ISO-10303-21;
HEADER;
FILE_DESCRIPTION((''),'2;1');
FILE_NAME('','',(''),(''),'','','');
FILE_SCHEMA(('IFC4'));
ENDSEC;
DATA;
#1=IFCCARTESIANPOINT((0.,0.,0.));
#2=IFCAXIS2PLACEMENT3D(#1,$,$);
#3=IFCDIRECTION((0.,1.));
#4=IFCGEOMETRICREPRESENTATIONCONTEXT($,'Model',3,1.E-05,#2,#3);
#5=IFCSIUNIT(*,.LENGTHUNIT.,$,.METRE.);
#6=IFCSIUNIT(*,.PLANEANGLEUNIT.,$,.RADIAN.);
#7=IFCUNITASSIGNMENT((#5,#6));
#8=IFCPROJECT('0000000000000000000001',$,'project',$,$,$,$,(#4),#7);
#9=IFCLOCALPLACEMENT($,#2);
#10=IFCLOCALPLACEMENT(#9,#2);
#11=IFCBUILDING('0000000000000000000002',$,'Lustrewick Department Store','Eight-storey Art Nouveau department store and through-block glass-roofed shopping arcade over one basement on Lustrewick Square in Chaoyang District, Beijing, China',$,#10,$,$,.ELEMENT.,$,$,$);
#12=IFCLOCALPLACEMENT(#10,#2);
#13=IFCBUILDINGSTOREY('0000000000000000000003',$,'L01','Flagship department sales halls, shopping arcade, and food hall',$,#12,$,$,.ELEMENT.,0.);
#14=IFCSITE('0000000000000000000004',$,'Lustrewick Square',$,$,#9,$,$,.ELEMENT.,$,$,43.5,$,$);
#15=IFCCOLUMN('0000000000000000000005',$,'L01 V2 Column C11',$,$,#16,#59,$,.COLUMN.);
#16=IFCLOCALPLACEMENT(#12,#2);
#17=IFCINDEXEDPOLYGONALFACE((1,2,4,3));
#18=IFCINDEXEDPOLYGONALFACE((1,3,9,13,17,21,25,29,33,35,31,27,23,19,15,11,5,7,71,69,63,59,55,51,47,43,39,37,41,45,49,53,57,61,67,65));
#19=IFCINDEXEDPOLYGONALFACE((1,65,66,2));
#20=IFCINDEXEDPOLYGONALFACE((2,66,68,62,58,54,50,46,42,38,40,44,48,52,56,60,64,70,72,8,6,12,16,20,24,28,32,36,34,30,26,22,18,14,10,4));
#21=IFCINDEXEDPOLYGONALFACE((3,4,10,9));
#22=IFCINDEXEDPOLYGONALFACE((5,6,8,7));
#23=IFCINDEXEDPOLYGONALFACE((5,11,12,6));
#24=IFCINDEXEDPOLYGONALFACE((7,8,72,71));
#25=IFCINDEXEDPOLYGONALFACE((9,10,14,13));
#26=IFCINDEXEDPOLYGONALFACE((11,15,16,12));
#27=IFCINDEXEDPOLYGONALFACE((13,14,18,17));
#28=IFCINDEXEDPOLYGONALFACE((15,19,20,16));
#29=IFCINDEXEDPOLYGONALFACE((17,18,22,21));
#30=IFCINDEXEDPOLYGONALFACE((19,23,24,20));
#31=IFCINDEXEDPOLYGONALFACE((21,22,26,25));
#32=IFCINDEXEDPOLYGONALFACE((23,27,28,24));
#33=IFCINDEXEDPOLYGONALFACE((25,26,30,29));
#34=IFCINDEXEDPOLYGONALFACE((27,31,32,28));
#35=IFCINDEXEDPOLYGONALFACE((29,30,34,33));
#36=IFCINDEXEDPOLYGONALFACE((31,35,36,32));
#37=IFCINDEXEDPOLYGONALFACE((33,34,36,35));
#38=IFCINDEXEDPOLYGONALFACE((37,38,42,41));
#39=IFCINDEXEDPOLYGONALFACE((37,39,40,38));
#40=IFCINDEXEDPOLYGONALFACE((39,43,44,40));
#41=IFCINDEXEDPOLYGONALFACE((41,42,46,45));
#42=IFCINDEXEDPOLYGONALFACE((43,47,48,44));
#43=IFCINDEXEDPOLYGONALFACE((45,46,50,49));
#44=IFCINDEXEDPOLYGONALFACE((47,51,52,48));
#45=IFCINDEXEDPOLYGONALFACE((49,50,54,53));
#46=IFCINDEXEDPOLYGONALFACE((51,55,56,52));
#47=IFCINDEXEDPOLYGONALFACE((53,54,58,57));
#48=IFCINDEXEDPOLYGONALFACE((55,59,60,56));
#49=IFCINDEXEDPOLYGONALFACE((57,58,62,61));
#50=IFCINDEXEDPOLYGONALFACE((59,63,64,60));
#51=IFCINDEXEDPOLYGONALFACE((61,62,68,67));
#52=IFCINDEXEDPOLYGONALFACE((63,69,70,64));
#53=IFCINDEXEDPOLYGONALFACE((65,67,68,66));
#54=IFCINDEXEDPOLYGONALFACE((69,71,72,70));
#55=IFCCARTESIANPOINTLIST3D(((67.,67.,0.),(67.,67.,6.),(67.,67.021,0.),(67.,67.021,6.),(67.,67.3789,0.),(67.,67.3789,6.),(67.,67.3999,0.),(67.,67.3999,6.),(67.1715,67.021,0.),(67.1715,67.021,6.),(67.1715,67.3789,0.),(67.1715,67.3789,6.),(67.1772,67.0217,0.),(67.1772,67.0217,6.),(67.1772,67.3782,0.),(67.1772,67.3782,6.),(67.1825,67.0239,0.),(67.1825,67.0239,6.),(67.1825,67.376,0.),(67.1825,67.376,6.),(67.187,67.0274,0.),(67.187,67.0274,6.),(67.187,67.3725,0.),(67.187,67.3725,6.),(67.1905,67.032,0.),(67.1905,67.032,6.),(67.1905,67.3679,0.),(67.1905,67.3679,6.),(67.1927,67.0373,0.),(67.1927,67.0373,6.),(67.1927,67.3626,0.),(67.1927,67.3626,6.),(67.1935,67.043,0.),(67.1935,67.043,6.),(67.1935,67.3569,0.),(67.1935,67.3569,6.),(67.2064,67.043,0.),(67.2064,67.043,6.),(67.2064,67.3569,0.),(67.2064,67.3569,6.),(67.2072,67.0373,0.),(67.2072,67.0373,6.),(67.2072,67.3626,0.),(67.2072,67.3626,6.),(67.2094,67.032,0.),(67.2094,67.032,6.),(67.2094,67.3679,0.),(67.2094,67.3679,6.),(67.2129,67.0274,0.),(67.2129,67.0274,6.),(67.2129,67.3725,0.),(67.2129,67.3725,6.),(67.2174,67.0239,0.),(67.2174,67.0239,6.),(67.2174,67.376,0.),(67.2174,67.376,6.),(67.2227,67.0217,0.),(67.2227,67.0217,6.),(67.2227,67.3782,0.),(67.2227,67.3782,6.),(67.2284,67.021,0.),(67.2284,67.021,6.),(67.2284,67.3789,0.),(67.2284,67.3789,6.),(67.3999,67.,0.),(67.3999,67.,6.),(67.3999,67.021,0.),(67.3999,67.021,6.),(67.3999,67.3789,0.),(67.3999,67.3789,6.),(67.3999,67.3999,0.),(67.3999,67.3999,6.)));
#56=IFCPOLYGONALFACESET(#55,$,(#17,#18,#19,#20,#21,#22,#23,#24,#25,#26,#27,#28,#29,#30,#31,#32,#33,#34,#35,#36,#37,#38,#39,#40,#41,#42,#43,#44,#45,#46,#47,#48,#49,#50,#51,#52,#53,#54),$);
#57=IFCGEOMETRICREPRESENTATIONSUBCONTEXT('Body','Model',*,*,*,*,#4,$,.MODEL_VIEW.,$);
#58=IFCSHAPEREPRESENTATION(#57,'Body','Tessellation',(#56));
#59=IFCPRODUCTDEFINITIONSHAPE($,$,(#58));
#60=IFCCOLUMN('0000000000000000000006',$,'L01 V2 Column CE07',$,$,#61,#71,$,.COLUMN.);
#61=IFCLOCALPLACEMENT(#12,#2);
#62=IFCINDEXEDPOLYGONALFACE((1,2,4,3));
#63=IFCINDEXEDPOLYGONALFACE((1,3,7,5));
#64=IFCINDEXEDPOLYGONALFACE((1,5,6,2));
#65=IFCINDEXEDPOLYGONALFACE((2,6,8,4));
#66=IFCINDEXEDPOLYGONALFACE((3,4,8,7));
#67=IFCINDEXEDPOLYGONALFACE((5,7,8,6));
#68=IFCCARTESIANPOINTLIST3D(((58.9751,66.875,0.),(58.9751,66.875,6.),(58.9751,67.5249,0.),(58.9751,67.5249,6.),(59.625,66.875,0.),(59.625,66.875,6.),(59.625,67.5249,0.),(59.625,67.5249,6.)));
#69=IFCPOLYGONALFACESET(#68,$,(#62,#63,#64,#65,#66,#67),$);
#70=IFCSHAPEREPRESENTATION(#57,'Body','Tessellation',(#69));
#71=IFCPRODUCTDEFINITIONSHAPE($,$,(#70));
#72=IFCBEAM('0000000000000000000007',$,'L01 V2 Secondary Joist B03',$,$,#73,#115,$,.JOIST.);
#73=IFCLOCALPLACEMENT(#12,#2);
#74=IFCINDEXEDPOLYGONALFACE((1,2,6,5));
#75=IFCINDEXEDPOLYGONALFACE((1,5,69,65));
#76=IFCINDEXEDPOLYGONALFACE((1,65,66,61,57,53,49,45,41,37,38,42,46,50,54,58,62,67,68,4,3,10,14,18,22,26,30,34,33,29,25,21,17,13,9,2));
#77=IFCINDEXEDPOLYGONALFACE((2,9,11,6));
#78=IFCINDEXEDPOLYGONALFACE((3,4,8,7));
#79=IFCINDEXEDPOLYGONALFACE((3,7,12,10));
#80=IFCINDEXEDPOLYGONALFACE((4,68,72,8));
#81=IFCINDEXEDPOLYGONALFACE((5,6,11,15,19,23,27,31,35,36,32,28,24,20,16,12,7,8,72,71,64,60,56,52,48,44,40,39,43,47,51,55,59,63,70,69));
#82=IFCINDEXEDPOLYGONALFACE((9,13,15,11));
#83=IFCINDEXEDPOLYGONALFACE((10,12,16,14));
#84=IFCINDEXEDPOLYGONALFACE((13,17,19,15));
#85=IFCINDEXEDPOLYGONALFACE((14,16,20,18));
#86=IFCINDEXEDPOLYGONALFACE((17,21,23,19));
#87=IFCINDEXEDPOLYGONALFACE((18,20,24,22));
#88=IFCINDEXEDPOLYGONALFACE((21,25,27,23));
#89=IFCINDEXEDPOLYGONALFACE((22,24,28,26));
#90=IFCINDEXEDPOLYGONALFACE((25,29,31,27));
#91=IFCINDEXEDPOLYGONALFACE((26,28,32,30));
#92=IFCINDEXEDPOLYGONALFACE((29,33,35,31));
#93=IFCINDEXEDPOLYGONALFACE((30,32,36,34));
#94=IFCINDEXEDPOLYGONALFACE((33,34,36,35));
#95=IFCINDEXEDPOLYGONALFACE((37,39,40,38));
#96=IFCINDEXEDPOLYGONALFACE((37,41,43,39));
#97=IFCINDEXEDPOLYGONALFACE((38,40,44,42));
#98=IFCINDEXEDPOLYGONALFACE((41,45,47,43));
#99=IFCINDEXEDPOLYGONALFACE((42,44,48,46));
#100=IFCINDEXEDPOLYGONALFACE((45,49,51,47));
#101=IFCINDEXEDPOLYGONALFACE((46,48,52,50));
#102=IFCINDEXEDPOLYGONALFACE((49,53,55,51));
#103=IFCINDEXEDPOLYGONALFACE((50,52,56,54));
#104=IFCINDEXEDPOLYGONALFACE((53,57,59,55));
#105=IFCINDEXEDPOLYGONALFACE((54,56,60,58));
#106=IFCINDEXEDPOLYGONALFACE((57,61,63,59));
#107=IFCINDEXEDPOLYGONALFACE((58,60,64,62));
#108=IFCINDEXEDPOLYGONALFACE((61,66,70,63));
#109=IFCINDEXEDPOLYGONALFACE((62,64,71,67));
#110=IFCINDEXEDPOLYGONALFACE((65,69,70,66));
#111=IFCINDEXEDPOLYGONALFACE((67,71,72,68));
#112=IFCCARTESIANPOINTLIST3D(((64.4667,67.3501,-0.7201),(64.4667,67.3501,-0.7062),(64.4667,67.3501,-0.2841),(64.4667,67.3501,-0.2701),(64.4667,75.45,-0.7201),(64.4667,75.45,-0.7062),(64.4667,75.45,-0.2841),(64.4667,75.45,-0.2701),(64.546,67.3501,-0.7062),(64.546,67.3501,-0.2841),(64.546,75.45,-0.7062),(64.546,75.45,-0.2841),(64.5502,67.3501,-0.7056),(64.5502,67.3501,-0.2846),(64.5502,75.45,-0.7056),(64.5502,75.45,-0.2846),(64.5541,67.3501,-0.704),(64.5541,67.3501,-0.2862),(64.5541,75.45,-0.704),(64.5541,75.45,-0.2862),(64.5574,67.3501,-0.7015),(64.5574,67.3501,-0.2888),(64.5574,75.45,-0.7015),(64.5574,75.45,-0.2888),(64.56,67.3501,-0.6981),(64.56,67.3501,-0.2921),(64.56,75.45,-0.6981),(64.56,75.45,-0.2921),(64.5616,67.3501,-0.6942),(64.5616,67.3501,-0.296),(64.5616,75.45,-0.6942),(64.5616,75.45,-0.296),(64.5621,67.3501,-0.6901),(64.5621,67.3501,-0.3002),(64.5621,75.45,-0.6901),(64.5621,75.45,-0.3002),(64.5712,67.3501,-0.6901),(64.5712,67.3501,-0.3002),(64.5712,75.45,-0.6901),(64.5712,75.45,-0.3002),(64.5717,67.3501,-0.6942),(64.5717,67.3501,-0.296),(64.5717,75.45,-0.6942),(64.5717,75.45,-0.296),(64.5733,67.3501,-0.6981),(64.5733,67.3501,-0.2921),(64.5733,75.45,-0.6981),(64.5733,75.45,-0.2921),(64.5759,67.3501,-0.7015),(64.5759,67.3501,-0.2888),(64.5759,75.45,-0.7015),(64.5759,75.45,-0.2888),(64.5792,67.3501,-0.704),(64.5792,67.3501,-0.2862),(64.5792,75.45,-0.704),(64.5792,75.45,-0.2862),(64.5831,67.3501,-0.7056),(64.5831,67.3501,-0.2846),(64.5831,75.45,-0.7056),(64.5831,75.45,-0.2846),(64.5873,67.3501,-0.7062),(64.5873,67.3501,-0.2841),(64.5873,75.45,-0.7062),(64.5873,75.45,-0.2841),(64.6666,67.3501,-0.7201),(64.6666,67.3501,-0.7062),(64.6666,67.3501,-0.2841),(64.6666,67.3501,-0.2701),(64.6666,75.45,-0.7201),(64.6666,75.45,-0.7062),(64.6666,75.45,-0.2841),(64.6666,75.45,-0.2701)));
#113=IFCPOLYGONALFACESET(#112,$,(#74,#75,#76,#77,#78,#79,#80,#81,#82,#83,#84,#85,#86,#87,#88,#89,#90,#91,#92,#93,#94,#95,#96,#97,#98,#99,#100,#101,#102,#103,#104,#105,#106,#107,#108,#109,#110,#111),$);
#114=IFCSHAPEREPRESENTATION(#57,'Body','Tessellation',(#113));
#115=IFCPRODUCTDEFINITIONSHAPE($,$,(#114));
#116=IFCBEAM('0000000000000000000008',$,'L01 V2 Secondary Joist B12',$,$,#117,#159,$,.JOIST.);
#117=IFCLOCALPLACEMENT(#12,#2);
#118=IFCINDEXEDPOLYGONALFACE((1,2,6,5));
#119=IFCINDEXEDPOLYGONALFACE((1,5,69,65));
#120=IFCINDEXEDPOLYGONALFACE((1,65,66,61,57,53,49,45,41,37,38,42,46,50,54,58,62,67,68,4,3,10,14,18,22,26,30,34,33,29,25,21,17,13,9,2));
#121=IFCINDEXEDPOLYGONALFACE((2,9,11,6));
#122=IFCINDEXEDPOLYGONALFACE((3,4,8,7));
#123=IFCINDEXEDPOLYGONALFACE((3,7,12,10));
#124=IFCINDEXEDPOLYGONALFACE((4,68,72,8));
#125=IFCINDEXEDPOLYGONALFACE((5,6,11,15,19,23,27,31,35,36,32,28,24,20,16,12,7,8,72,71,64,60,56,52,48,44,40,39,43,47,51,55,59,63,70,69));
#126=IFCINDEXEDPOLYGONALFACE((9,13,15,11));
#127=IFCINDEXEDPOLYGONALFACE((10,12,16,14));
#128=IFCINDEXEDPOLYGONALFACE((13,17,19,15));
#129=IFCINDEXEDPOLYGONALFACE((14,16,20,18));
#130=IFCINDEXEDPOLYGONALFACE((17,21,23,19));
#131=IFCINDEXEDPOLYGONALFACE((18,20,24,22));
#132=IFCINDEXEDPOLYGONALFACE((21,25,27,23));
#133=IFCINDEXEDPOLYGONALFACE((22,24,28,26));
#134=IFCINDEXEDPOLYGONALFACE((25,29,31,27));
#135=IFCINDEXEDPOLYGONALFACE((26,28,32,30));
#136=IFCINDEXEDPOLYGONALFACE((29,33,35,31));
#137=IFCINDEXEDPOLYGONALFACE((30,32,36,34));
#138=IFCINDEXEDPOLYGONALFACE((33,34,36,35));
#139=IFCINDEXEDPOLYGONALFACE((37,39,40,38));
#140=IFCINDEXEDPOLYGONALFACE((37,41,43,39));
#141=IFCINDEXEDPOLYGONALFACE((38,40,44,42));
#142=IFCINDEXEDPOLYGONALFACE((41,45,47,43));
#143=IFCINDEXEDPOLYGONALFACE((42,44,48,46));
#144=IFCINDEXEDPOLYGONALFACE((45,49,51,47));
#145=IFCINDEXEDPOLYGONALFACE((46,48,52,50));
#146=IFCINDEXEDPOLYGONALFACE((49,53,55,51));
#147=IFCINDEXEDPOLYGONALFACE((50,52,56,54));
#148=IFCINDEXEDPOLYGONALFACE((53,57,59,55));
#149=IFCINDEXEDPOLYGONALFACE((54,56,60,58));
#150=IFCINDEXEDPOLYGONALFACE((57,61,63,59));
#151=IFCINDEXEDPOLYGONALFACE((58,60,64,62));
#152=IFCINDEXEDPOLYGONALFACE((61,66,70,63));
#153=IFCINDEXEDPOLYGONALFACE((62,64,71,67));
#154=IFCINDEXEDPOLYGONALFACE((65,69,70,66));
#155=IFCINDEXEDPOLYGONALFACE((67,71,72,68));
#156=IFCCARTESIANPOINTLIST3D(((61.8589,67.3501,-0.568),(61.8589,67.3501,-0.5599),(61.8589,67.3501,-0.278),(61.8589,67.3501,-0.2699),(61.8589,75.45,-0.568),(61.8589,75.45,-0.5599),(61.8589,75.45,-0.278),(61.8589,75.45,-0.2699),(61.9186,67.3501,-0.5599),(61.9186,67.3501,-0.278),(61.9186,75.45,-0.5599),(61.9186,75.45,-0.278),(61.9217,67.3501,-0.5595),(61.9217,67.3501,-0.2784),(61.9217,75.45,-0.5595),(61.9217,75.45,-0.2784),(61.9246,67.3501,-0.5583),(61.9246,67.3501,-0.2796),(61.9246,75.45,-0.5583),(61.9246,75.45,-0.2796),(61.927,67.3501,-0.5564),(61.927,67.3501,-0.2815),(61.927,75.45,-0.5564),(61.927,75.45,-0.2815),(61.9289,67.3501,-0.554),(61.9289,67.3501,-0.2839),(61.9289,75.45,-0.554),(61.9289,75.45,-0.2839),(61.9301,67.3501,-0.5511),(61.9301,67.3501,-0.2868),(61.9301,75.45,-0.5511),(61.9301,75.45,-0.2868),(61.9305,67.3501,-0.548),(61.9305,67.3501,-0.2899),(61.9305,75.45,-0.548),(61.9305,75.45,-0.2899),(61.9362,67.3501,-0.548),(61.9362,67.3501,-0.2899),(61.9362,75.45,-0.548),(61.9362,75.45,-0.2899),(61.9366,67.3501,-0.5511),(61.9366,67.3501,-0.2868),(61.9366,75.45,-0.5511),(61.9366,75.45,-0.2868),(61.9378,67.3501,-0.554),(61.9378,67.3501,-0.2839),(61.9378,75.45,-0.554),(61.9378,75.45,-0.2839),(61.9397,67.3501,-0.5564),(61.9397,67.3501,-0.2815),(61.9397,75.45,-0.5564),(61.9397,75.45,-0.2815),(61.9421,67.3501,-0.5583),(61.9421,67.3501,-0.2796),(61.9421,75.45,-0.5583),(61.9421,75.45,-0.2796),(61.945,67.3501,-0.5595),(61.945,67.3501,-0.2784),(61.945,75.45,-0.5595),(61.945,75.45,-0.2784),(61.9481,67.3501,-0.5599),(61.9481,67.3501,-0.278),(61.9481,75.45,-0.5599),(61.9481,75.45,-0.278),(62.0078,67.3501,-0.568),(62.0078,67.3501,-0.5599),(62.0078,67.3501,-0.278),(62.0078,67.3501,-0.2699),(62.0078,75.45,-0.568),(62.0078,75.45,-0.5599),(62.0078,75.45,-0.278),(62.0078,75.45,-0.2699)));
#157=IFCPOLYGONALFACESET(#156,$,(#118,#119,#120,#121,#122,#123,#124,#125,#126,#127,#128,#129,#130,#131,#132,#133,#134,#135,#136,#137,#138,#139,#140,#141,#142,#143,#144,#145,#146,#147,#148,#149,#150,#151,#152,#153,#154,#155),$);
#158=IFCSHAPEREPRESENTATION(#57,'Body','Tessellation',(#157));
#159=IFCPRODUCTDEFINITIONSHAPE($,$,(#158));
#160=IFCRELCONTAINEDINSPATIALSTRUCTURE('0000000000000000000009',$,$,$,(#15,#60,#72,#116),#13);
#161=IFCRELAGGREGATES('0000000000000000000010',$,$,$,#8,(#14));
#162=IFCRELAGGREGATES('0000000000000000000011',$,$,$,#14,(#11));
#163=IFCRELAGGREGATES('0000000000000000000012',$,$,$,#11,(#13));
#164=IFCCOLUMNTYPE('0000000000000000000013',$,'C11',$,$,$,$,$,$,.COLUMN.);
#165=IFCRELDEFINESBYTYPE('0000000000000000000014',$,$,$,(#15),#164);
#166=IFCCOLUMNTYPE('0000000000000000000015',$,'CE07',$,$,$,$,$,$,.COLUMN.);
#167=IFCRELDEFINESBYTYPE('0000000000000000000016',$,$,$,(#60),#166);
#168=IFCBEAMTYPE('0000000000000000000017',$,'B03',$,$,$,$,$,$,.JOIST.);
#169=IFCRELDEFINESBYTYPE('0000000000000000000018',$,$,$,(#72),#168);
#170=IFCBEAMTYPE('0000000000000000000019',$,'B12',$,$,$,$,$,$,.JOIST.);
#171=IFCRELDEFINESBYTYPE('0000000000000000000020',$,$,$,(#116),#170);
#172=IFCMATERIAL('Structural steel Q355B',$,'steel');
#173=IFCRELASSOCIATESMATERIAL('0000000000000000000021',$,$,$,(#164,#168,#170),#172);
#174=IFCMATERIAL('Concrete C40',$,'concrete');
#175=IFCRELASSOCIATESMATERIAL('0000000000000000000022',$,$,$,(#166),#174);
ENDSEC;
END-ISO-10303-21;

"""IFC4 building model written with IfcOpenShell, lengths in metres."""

from ifc_helpers import new_model, si_unit, direction, frame, origin, origin_2d, place, context, subcontext, project, spatial, rectangle, i_section, extrude, material, material_profile, profile_set, type_object, element, save


model = new_model("IFC4")

# Units and contexts
model_context = context("Model", 3, precision=1e-05, world=origin(), true_north=direction((0.0, 1.0)))
body_context = subcontext(model_context, "Body", "Model", "MODEL_VIEW")
ifc_project = project(units=[si_unit("LENGTHUNIT", "METRE"), si_unit("PLANEANGLEUNIT", "RADIAN")], contexts=[model_context])

# Site, building, storey
site_placement = place(None, origin())
site = spatial("IfcSite", under=ifc_project, at=site_placement, Name="Lustrewick Square", CompositionType="ELEMENT", RefElevation=43.5)
building_placement = place(site_placement, origin())
building = spatial("IfcBuilding", under=site, at=building_placement, Name="Lustrewick Department Store", Description="Eight-storey Art Nouveau department store and through-block glass-roofed shopping arcade over one basement on Lustrewick Square in Chaoyang District, Beijing, China", CompositionType="ELEMENT")
storey_placement = place(building_placement, origin())
storey = spatial("IfcBuildingStorey", under=building, at=storey_placement, Name="L01", Description="Flagship department sales halls, shopping arcade, and food hall", CompositionType="ELEMENT", Elevation=0.0)

# Columns
ifc_material_1 = material(Name="Structural steel Q355B", Category="steel")
ifc_material_profile_1 = material_profile(ifc_material_1, i_section(OverallWidth=0.3999, OverallDepth=0.3999, WebThickness=0.0129, FlangeThickness=0.021, FilletRadius=0.022, at=origin_2d()), Name="HW 400x400x13x21")
ifc_profile_set_1 = profile_set([ifc_material_profile_1], Name="Structural steel Q355B")
column_type_1 = type_object("IfcColumnType", Name="C11", PredefinedType="COLUMN", material=ifc_profile_set_1)
column_1_placement = place(storey_placement, frame((67.2, 67.2, 0.0), z_axis=(0.0, 0.0, 1.0), x_axis=(1.0, 0.0, 0.0)))
element("IfcColumn", 1, at=column_1_placement, inside=storey, type_object=column_type_1, Name="L01 V2 Column C11", PredefinedType="COLUMN", context=body_context, shape_type="SweptSolid", body=[
    extrude(i_section(OverallWidth=0.3999, OverallDepth=0.3999, WebThickness=0.0129, FlangeThickness=0.021, FilletRadius=0.022, at=origin_2d()), origin(), (0.0, 0.0, 1.0), 6.0),
])
ifc_material_2 = material(Name="Concrete C40", Category="concrete")
ifc_material_profile_2 = material_profile(ifc_material_2, rectangle(XDim=0.6499, YDim=0.6499, at=origin_2d()), Name="RC 650x650")
ifc_profile_set_2 = profile_set([ifc_material_profile_2], Name="Concrete C40")
column_type_2 = type_object("IfcColumnType", Name="CE07", PredefinedType="COLUMN", material=ifc_profile_set_2)
column_2_placement = place(storey_placement, frame((59.3, 67.2, 0.0), z_axis=(0.0, 0.0, 1.0), x_axis=(1.0, 0.0, 0.0)))
element("IfcColumn", 2, at=column_2_placement, inside=storey, type_object=column_type_2, Name="L01 V2 Column CE07", PredefinedType="COLUMN", context=body_context, shape_type="SweptSolid", body=[
    extrude(rectangle(XDim=0.6499, YDim=0.6499, at=origin_2d()), origin(), (0.0, 0.0, 1.0), 6.0),
])

# Beams
ifc_material_profile_3 = material_profile(ifc_material_1, i_section(OverallWidth=0.2, OverallDepth=0.45, WebThickness=0.009, FlangeThickness=0.0139, FilletRadius=0.0161, at=origin_2d()), Name="HN 450x200x9x14")
ifc_profile_set_3 = profile_set([ifc_material_profile_3], Name="Structural steel Q355B")
beam_type_1 = type_object("IfcBeamType", Name="B03", PredefinedType="JOIST", material=ifc_profile_set_3)
beam_1_placement = place(storey_placement, frame((64.5667, 67.3501, -0.4951), z_axis=(0.0, 1.0, 0.0), x_axis=(-1.0, 0.0, 0.0)))
element("IfcBeam", 3, at=beam_1_placement, inside=storey, type_object=beam_type_1, Name="L01 V2 Secondary Joist B03", PredefinedType="JOIST", context=body_context, shape_type="SweptSolid", body=[
    extrude(i_section(OverallWidth=0.2, OverallDepth=0.45, WebThickness=0.009, FlangeThickness=0.0139, FilletRadius=0.0161, at=origin_2d()), origin(), (0.0, 0.0, 1.0), 8.0999),
])
ifc_material_profile_4 = material_profile(ifc_material_1, i_section(OverallWidth=0.1489, OverallDepth=0.2981, WebThickness=0.0056, FlangeThickness=0.0081, FilletRadius=0.012, at=origin_2d()), Name="HN 298x149x5.5x8")
ifc_profile_set_4 = profile_set([ifc_material_profile_4], Name="Structural steel Q355B")
beam_type_2 = type_object("IfcBeamType", Name="B12", PredefinedType="JOIST", material=ifc_profile_set_4)
beam_2_placement = place(storey_placement, frame((61.9333, 67.3501, -0.4189), z_axis=(0.0, 1.0, 0.0), x_axis=(-1.0, 0.0, 0.0)))
element("IfcBeam", 4, at=beam_2_placement, inside=storey, type_object=beam_type_2, Name="L01 V2 Secondary Joist B12", PredefinedType="JOIST", context=body_context, shape_type="SweptSolid", body=[
    extrude(i_section(OverallWidth=0.1489, OverallDepth=0.2981, WebThickness=0.0056, FlangeThickness=0.0081, FilletRadius=0.012, at=origin_2d()), origin(), (0.0, 0.0, 1.0), 8.0999),
])

save(model, "model.ifc")
